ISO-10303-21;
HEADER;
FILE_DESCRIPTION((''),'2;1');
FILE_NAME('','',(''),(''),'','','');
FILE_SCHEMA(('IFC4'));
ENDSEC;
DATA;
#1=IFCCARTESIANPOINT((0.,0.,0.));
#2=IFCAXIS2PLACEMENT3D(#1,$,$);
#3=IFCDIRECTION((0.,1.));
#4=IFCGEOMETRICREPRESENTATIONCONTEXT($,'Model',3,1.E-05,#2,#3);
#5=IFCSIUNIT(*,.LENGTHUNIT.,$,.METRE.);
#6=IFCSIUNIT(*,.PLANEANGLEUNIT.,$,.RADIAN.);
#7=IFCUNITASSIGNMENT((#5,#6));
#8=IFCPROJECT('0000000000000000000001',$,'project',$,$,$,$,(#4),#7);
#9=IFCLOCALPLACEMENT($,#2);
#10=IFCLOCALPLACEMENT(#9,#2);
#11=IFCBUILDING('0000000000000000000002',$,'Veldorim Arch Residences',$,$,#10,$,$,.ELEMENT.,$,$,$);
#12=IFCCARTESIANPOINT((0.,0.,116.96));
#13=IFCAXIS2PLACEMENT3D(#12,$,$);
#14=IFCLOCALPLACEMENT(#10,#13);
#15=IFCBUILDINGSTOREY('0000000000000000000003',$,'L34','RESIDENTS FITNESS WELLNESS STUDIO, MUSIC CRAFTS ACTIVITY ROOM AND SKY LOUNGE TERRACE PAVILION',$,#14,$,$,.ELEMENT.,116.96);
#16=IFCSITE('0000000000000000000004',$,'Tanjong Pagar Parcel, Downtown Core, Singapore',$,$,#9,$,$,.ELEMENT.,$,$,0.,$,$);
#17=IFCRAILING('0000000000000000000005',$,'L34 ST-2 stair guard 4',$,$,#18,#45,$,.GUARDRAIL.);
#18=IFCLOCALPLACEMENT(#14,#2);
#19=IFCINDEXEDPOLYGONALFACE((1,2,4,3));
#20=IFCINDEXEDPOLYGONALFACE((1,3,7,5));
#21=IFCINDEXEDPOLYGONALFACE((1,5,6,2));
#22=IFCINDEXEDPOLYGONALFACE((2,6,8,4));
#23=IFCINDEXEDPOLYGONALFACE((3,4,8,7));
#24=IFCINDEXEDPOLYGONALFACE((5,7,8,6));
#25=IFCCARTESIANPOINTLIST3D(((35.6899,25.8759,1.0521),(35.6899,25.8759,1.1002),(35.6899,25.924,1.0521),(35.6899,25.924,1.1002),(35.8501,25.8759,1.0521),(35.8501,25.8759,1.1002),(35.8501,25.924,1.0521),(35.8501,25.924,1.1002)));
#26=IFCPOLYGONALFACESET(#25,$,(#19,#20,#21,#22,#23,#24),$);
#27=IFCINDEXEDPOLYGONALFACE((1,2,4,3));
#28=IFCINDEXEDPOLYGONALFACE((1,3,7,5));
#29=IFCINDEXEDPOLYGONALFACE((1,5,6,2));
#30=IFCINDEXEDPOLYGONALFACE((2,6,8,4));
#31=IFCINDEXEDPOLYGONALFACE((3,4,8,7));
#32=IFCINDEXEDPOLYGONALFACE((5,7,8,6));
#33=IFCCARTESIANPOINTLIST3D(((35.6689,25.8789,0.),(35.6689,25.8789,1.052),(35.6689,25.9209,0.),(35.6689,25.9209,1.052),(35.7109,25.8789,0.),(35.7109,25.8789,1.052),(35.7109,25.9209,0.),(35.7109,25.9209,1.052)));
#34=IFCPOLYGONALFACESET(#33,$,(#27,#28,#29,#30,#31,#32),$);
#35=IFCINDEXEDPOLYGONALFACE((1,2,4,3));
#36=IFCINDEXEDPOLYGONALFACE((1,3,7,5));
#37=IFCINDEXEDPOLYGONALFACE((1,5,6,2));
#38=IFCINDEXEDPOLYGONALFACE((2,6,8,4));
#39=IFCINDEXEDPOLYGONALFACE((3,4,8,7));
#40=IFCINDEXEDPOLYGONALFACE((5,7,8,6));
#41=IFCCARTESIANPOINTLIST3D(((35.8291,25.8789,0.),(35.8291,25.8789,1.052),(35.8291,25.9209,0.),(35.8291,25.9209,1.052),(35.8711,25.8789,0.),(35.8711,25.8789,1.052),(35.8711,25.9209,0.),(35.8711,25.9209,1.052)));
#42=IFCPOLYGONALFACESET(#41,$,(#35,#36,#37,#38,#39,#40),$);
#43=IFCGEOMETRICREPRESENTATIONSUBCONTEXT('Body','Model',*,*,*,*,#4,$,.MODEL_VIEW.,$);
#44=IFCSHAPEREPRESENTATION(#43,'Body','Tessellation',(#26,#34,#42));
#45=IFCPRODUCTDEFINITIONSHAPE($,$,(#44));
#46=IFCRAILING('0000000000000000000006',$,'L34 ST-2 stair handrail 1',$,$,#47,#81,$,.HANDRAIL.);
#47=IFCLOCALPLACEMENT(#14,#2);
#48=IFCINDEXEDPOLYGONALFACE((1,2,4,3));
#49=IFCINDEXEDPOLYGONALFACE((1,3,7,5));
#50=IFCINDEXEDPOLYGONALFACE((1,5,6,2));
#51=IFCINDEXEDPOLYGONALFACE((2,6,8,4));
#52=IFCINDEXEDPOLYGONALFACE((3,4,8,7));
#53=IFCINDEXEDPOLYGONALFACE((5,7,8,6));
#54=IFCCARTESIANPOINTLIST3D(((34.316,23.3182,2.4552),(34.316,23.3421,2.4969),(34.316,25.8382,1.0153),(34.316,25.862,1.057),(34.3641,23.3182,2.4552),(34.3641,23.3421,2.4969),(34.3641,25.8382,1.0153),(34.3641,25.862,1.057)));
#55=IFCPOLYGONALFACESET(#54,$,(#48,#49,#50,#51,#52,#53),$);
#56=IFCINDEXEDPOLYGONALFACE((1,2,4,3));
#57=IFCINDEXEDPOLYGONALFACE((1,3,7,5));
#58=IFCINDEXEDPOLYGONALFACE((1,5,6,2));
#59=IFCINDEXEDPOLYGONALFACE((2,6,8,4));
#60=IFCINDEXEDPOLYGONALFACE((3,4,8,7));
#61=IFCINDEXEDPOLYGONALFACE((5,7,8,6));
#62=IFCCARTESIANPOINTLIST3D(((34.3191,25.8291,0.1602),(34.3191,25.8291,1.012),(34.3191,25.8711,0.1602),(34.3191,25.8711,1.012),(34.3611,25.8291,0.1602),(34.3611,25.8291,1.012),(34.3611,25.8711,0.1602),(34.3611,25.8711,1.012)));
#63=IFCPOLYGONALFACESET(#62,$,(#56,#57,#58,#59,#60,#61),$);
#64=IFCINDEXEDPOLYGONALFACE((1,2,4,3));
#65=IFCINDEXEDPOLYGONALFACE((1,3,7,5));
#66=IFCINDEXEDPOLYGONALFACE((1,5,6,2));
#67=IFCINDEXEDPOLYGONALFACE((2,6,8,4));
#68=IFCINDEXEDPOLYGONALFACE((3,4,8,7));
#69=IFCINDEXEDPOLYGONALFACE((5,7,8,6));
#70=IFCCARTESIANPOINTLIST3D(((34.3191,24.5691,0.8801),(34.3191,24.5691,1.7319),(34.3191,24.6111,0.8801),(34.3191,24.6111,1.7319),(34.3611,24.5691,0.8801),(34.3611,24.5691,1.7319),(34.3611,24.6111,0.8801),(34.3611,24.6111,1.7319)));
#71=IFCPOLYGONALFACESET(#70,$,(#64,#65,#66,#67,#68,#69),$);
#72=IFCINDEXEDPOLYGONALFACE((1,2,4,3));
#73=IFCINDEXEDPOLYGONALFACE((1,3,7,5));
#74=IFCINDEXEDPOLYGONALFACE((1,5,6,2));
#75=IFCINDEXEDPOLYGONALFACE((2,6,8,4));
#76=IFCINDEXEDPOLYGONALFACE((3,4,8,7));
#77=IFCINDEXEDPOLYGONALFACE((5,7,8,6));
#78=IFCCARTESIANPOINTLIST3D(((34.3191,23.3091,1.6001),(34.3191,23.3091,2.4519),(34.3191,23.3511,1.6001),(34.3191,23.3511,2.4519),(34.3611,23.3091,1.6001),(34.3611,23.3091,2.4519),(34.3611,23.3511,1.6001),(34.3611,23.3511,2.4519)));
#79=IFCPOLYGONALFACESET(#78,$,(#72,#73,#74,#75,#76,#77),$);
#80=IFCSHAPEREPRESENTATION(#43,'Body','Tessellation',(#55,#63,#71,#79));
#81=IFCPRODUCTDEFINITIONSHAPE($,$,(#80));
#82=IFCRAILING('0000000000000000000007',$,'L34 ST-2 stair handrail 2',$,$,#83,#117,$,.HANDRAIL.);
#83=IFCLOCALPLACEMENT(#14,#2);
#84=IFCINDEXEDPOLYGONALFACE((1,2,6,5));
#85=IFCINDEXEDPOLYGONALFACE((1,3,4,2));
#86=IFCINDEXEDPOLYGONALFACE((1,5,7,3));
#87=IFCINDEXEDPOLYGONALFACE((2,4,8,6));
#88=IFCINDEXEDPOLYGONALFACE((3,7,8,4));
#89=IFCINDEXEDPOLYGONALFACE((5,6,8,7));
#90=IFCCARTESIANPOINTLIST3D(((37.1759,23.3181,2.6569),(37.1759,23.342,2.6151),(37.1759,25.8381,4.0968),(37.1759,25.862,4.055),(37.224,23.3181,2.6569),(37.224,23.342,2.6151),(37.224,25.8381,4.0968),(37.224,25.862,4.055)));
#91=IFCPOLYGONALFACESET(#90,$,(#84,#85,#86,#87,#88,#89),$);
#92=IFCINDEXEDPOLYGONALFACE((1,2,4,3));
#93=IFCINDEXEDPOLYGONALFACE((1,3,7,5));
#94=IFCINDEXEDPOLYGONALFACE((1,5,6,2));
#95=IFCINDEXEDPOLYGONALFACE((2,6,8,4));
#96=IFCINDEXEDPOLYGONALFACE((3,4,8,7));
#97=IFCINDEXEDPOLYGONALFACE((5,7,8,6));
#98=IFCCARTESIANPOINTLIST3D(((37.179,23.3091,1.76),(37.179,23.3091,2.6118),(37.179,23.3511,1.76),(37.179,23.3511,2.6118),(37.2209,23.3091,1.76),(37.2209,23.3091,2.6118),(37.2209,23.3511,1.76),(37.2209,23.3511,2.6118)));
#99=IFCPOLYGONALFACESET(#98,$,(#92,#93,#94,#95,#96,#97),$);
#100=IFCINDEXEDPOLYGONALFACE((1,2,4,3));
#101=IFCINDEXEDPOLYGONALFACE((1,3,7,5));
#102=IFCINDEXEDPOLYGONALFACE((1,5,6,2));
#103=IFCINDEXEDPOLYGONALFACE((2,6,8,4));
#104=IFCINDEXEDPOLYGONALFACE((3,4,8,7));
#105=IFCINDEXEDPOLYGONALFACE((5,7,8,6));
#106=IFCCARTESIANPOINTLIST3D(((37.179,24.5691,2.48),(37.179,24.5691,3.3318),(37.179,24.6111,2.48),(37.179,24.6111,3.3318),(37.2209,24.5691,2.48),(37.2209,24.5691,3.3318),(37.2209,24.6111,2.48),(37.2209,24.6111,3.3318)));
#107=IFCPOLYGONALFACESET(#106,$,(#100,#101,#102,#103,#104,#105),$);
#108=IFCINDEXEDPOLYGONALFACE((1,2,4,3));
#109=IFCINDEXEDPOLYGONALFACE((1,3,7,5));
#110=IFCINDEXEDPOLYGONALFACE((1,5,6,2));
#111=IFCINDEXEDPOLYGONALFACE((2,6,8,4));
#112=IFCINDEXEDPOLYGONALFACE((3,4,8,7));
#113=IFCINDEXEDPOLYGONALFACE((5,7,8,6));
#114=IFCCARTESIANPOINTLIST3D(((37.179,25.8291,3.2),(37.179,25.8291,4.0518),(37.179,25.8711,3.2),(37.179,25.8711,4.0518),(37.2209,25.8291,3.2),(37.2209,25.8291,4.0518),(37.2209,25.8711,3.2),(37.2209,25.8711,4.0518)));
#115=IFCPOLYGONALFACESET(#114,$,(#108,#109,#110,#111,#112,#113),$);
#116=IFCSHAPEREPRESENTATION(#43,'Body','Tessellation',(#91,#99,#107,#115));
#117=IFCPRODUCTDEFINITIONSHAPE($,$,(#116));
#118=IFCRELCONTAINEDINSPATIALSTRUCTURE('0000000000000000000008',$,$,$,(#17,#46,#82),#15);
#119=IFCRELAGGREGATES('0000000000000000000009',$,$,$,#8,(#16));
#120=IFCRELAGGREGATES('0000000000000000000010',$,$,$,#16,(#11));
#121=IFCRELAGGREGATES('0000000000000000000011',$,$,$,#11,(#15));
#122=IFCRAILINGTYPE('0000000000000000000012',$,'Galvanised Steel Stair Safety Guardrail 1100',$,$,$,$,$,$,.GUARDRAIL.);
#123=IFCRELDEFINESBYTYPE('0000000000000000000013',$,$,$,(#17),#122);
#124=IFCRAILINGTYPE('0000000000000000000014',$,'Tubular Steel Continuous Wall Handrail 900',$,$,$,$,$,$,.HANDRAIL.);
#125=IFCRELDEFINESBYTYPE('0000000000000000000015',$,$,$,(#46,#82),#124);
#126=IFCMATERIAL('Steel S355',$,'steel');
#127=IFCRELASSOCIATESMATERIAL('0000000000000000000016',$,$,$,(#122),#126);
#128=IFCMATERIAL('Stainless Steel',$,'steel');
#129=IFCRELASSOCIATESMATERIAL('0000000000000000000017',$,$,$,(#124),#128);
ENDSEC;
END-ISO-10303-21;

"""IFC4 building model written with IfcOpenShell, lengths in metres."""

from ifc_helpers import new_model, si_unit, direction, frame, origin, origin_2d, place, context, subcontext, project, spatial, rectangle, extrude, material, type_object, element, save


model = new_model("IFC4")

# Units and contexts
model_context = context("Model", 3, precision=1e-05, world=origin(), true_north=direction((0.0, 1.0)))
body_context = subcontext(model_context, "Body", "Model", "MODEL_VIEW")
ifc_project = project(units=[si_unit("LENGTHUNIT", "METRE"), si_unit("PLANEANGLEUNIT", "RADIAN")], contexts=[model_context])

# Site, building, storey
site_placement = place(None, origin())
site = spatial("IfcSite", under=ifc_project, at=site_placement, Name="Tanjong Pagar Parcel, Downtown Core, Singapore", CompositionType="ELEMENT", RefElevation=0.0)
building_placement = place(site_placement, origin())
building = spatial("IfcBuilding", under=site, at=building_placement, Name="Veldorim Arch Residences", CompositionType="ELEMENT")
storey_placement = place(building_placement, frame((0.0, 0.0, 116.96)))
storey = spatial("IfcBuildingStorey", under=building, at=storey_placement, Name="L34", Description="RESIDENTS FITNESS WELLNESS STUDIO, MUSIC CRAFTS ACTIVITY ROOM AND SKY LOUNGE TERRACE PAVILION", CompositionType="ELEMENT", Elevation=116.96)

# Railings
ifc_material_1 = material(Name="Steel S355", Category="steel")
railing_type_1 = type_object("IfcRailingType", Name="Galvanised Steel Stair Safety Guardrail 1100", PredefinedType="GUARDRAIL", material=ifc_material_1)
railing_1_placement = place(storey_placement, frame((35.6899, 25.8999, 0.0)))
element("IfcRailing", 1, at=railing_1_placement, inside=storey, type_object=railing_type_1, Name="L34 ST-2 stair guard 4", PredefinedType="GUARDRAIL", context=body_context, shape_type="SweptSolid", body=[
    extrude(rectangle(XDim=0.0481, YDim=0.0481, at=origin_2d()), frame((0.0, 0.0, 1.0762), z_axis=(1.0, 0.0, 0.0), x_axis=(0.0, 1.0, 0.0)), (0.0, 0.0, 1.0), 0.1602),
    extrude(rectangle(XDim=0.042, YDim=0.042, at=origin_2d()), origin(), (0.0, 0.0, 1.0), 1.052),
    extrude(rectangle(XDim=0.042, YDim=0.042, at=origin_2d()), frame((0.1602, 0.0, 0.0)), (0.0, 0.0, 1.0), 1.052),
])
ifc_material_2 = material(Name="Stainless Steel", Category="steel")
railing_type_2 = type_object("IfcRailingType", Name="Tubular Steel Continuous Wall Handrail 900", PredefinedType="HANDRAIL", material=ifc_material_2)
railing_2_placement = place(storey_placement, frame((34.3401, 25.8501, 0.1602)))
element("IfcRailing", 2, at=railing_2_placement, inside=storey, type_object=railing_type_2, Name="L34 ST-2 stair handrail 1", PredefinedType="HANDRAIL", context=body_context, shape_type="SweptSolid", body=[
    extrude(rectangle(XDim=0.0481, YDim=0.0481, at=origin_2d()), frame((0.0, 0.0, 0.876), z_axis=(0.0, -0.868253, 0.496121), x_axis=(1.0, 0.0, 0.0)), (0.0, 0.0, 1.0), 2.9023),
    extrude(rectangle(XDim=0.042, YDim=0.042, at=origin_2d()), origin(), (0.0, 0.0, 1.0), 0.8518),
    extrude(rectangle(XDim=0.042, YDim=0.042, at=origin_2d()), frame((0.0, -1.26, 0.72)), (0.0, 0.0, 1.0), 0.8518),
    extrude(rectangle(XDim=0.042, YDim=0.042, at=origin_2d()), frame((0.0, -2.52, 1.4399)), (0.0, 0.0, 1.0), 0.8518),
])
railing_3_placement = place(storey_placement, frame((37.2, 23.3301, 1.76)))
element("IfcRailing", 3, at=railing_3_placement, inside=storey, type_object=railing_type_2, Name="L34 ST-2 stair handrail 2", PredefinedType="HANDRAIL", context=body_context, shape_type="SweptSolid", body=[
    extrude(rectangle(XDim=0.0481, YDim=0.0481, at=origin_2d()), frame((0.0, 0.0, 0.876), z_axis=(0.0, 0.868253, 0.496121), x_axis=(-1.0, 0.0, 0.0)), (0.0, 0.0, 1.0), 2.9023),
    extrude(rectangle(XDim=0.042, YDim=0.042, at=origin_2d()), origin(), (0.0, 0.0, 1.0), 0.8518),
    extrude(rectangle(XDim=0.042, YDim=0.042, at=origin_2d()), frame((0.0, 1.26, 0.72)), (0.0, 0.0, 1.0), 0.8518),
    extrude(rectangle(XDim=0.042, YDim=0.042, at=origin_2d()), frame((0.0, 2.52, 1.4399)), (0.0, 0.0, 1.0), 0.8518),
])

save(model, "model.ifc")
